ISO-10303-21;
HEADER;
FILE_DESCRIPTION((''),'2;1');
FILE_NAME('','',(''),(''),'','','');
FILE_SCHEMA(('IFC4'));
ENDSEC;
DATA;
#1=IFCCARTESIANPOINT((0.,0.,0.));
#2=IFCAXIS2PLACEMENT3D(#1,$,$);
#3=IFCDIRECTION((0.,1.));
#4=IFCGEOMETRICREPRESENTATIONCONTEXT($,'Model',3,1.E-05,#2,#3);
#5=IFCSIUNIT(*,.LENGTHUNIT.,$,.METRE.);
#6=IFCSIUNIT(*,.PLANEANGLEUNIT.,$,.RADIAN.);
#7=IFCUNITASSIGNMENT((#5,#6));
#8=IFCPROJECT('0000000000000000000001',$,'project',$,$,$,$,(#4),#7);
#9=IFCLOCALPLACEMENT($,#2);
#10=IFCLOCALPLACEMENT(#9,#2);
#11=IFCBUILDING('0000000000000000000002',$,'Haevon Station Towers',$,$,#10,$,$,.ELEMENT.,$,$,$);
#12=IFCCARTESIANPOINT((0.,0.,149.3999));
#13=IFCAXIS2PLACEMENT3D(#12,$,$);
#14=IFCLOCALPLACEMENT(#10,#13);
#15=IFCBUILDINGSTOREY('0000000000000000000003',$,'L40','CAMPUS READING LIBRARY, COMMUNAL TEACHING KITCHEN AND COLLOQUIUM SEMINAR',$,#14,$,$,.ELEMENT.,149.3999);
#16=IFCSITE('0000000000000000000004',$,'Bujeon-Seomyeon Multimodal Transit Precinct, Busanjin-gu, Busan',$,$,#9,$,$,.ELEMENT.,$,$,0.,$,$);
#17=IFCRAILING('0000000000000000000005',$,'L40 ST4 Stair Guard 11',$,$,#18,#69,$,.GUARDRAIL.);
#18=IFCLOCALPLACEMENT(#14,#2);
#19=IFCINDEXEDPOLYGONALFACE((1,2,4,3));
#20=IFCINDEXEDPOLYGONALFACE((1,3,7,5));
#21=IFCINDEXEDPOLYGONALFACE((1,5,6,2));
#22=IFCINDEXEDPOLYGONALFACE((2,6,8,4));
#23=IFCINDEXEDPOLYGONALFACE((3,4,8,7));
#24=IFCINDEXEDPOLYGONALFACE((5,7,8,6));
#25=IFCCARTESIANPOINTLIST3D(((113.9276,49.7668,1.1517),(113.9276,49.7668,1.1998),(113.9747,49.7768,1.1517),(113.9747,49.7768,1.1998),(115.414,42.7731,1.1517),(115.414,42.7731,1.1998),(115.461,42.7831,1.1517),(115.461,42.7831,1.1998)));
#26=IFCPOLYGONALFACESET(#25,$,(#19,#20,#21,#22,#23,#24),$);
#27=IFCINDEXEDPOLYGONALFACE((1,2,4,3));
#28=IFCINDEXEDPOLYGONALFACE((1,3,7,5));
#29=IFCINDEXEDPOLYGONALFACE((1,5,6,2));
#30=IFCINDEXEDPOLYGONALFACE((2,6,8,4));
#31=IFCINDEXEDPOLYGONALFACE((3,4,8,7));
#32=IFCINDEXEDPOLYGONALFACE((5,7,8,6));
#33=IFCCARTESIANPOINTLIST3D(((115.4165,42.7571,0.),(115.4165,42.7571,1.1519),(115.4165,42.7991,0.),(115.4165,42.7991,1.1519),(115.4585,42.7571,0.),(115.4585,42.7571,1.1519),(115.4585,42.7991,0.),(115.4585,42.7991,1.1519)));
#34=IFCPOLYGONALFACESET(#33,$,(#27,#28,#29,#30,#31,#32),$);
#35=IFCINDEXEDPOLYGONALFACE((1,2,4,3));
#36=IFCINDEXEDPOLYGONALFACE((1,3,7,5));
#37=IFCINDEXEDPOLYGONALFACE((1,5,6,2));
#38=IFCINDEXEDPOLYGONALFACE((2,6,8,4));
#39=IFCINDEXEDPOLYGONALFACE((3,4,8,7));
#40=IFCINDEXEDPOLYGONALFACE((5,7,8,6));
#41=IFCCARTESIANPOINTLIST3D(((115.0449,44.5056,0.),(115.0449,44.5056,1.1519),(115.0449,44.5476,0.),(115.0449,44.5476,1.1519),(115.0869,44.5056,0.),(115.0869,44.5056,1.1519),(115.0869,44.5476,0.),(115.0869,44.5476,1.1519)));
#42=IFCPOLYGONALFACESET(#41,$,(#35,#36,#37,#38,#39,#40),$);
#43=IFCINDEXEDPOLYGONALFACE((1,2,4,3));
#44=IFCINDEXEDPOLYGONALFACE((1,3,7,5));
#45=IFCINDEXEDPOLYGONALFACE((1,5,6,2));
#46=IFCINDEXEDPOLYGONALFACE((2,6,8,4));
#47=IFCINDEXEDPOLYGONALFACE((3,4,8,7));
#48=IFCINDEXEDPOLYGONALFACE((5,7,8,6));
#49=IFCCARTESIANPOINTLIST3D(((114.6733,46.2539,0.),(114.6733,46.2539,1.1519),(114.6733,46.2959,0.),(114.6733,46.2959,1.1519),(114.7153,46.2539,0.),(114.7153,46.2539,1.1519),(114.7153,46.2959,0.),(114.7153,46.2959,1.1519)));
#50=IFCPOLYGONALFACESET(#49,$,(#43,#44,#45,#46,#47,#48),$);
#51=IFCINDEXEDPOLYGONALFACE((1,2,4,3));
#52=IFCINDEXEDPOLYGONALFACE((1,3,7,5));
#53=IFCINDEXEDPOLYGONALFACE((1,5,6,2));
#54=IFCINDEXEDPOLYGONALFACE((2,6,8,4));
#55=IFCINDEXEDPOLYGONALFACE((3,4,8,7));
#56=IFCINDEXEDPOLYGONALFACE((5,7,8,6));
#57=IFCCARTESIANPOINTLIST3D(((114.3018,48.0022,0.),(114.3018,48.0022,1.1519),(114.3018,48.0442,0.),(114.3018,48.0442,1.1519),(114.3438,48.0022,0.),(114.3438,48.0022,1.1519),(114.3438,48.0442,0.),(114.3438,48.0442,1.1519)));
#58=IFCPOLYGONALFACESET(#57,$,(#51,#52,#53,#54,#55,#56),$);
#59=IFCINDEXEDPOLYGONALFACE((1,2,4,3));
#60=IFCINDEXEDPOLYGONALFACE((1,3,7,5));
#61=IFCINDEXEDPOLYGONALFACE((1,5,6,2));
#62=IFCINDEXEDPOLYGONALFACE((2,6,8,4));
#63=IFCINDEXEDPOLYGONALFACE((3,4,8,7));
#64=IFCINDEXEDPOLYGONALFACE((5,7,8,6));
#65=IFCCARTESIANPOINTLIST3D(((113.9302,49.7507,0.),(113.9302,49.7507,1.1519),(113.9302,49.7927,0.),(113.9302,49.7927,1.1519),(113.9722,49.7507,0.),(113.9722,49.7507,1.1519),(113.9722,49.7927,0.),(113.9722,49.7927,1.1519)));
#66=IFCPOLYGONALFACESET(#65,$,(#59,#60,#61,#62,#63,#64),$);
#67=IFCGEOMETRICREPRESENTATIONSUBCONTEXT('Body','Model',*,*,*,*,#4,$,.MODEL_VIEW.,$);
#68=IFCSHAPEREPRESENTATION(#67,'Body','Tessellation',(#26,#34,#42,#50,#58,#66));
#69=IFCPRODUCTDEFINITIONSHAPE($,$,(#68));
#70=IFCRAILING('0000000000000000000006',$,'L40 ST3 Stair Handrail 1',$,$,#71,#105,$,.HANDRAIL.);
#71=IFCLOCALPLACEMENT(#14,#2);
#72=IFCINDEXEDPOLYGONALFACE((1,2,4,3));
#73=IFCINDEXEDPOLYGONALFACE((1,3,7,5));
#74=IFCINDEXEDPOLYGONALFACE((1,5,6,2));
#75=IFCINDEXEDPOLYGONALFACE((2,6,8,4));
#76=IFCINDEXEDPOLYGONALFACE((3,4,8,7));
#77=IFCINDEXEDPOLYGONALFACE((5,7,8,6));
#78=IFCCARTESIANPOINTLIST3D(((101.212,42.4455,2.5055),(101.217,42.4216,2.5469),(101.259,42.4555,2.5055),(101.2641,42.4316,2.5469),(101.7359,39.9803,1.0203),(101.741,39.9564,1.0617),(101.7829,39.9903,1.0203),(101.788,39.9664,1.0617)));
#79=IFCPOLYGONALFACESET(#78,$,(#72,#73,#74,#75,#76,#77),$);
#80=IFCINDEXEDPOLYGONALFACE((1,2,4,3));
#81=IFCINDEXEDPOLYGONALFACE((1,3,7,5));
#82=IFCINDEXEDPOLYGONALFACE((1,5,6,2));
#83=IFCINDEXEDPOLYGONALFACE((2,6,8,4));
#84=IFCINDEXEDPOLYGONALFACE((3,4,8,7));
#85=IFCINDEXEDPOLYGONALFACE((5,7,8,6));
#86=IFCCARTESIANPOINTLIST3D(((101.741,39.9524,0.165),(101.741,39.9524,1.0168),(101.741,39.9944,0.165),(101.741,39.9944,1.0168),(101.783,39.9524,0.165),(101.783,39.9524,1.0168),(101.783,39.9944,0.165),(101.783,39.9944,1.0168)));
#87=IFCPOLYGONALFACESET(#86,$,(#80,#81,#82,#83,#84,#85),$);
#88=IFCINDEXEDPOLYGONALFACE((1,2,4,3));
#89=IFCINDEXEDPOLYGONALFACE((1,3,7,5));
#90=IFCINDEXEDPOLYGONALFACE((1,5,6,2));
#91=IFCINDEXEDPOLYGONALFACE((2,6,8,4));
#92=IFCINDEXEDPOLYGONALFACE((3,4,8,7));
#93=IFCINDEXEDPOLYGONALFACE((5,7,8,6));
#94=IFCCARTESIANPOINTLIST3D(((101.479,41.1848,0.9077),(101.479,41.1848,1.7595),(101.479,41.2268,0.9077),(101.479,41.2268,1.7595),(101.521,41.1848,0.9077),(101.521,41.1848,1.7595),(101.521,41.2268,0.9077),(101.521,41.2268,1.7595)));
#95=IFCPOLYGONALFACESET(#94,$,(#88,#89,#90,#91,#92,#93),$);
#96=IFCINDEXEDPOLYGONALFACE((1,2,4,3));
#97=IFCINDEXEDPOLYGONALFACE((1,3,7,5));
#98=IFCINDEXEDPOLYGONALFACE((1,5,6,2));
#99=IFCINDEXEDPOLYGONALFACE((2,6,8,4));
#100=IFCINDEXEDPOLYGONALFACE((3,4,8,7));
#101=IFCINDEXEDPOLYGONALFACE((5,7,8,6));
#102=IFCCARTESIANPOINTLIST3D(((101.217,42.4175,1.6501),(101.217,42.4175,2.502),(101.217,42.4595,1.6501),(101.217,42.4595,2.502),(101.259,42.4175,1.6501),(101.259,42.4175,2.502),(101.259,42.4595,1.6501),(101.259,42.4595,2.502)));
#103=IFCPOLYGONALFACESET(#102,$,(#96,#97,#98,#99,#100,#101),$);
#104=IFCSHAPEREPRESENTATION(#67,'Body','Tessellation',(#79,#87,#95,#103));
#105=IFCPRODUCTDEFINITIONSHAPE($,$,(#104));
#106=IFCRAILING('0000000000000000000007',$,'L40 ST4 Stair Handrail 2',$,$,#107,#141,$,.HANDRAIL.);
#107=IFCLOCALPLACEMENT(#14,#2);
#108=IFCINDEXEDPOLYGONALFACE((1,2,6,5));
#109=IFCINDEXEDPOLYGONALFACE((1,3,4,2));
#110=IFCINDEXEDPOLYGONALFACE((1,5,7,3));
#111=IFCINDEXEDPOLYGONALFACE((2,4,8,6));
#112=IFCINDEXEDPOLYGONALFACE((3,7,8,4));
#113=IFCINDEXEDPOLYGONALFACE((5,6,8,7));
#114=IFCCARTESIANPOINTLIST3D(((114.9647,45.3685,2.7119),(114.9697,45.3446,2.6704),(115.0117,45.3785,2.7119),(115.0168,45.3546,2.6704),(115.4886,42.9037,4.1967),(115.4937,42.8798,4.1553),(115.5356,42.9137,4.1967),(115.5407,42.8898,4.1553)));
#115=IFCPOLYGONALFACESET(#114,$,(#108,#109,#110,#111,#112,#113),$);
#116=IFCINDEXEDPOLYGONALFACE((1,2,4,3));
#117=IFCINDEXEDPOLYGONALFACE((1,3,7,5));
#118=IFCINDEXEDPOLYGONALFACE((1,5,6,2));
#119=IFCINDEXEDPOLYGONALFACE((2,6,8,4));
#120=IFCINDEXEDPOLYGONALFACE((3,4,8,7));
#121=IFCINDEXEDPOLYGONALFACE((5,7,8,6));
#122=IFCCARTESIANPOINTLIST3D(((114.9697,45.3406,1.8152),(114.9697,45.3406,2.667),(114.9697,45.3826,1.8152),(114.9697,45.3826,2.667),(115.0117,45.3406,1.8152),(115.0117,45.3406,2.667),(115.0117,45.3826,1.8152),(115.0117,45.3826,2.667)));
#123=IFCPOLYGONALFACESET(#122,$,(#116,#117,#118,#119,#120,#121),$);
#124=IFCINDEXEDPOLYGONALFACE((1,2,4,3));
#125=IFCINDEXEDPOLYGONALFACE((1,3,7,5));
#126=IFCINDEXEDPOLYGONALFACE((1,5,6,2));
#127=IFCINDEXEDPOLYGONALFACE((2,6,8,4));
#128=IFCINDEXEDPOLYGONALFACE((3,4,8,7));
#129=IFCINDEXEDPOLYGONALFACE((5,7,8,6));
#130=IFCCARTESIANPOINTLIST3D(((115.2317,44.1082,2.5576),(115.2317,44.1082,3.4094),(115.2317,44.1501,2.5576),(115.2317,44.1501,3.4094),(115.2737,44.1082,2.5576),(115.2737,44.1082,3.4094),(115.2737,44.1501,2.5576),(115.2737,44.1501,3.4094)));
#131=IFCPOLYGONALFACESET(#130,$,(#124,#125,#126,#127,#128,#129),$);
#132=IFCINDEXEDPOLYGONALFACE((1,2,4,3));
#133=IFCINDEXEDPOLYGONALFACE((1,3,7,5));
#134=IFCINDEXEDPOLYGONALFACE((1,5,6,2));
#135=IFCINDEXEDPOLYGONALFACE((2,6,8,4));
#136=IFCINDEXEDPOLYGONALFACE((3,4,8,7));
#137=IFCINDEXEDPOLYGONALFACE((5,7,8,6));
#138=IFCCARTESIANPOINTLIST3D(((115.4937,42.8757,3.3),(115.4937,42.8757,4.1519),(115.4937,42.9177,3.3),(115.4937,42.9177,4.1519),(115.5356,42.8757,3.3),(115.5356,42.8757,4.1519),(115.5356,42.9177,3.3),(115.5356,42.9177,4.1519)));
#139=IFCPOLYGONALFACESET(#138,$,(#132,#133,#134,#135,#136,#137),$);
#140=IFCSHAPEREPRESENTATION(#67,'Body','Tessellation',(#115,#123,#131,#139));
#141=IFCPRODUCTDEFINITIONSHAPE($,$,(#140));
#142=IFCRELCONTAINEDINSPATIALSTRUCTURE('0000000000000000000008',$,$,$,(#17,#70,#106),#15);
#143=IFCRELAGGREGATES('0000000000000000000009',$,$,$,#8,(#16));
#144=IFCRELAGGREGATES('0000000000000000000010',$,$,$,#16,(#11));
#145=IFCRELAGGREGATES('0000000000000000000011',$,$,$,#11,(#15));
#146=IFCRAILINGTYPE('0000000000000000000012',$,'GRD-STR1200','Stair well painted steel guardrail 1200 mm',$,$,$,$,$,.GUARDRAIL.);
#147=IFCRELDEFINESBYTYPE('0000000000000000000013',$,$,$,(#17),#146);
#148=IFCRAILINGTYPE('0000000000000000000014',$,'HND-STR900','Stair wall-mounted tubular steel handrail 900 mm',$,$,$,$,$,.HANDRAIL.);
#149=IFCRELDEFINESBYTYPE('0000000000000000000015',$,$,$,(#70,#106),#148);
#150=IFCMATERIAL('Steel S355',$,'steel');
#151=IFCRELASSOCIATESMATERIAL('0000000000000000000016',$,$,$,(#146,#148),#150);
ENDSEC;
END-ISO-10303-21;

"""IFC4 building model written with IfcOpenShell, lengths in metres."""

from ifc_helpers import new_model, si_unit, direction, frame, origin, origin_2d, place, context, subcontext, project, spatial, rectangle, extrude, material, type_object, element, save


model = new_model("IFC4")

# Units and contexts
model_context = context("Model", 3, precision=1e-05, world=origin(), true_north=direction((0.0, 1.0)))
body_context = subcontext(model_context, "Body", "Model", "MODEL_VIEW")
ifc_project = project(units=[si_unit("LENGTHUNIT", "METRE"), si_unit("PLANEANGLEUNIT", "RADIAN")], contexts=[model_context])

# Site, building, storey
site_placement = place(None, origin())
site = spatial("IfcSite", under=ifc_project, at=site_placement, Name="Bujeon-Seomyeon Multimodal Transit Precinct, Busanjin-gu, Busan", CompositionType="ELEMENT", RefElevation=0.0)
building_placement = place(site_placement, origin())
building = spatial("IfcBuilding", under=site, at=building_placement, Name="Haevon Station Towers", CompositionType="ELEMENT")
storey_placement = place(building_placement, frame((0.0, 0.0, 149.3999)))
storey = spatial("IfcBuildingStorey", under=building, at=storey_placement, Name="L40", Description="CAMPUS READING LIBRARY, COMMUNAL TEACHING KITCHEN AND COLLOQUIUM SEMINAR", CompositionType="ELEMENT", Elevation=149.3999)

# Shared definitions
ifc_material_1 = material(Name="Steel S355", Category="steel")

# Railings
railing_type_1 = type_object("IfcRailingType", Name="GRD-STR1200", Description="Stair well painted steel guardrail 1200 mm", PredefinedType="GUARDRAIL", material=ifc_material_1)
railing_1_placement = place(storey_placement, frame((115.4375, 42.7781, 0.0)))
element("IfcRailing", 1, at=railing_1_placement, inside=storey, type_object=railing_type_1, Name="L40 ST4 Stair Guard 11", PredefinedType="GUARDRAIL", context=body_context, shape_type="SweptSolid", body=[
    extrude(rectangle(XDim=0.0481, YDim=0.0481, at=origin_2d()), frame((0.0, 0.0, 1.1758), z_axis=(-0.207882, 0.978154, 0.0), x_axis=(-0.978154, -0.207882, 0.0)), (0.0, 0.0, 1.0), 7.1499),
    extrude(rectangle(XDim=0.042, YDim=0.042, at=origin_2d()), origin(), (0.0, 0.0, 1.0), 1.1519),
    extrude(rectangle(XDim=0.042, YDim=0.042, at=origin_2d()), frame((-0.3716, 1.7485, 0.0)), (0.0, 0.0, 1.0), 1.1519),
    extrude(rectangle(XDim=0.042, YDim=0.042, at=origin_2d()), frame((-0.7432, 3.4968, 0.0)), (0.0, 0.0, 1.0), 1.1519),
    extrude(rectangle(XDim=0.042, YDim=0.042, at=origin_2d()), frame((-1.1147, 5.2451, 0.0)), (0.0, 0.0, 1.0), 1.1519),
    extrude(rectangle(XDim=0.042, YDim=0.042, at=origin_2d()), frame((-1.4863, 6.9937, 0.0)), (0.0, 0.0, 1.0), 1.1519),
])
railing_type_2 = type_object("IfcRailingType", Name="HND-STR900", Description="Stair wall-mounted tubular steel handrail 900 mm", PredefinedType="HANDRAIL", material=ifc_material_1)
railing_2_placement = place(storey_placement, frame((101.762, 39.9734, 0.165)))
element("IfcRailing", 2, at=railing_2_placement, inside=storey, type_object=railing_type_2, Name="L40 ST3 Stair Handrail 1", PredefinedType="HANDRAIL", context=body_context, shape_type="SweptSolid", body=[
    extrude(rectangle(XDim=0.0481, YDim=0.0481, at=origin_2d()), frame((0.0, 0.0, 0.876), z_axis=(-0.179109, 0.842712, 0.507697), x_axis=(-0.978151, -0.207895, 0.0)), (0.0, 0.0, 1.0), 2.9253),
    extrude(rectangle(XDim=0.042, YDim=0.042, at=origin_2d()), origin(), (0.0, 0.0, 1.0), 0.8518),
    extrude(rectangle(XDim=0.042, YDim=0.042, at=origin_2d()), frame((-0.262, 1.2324, 0.7427)), (0.0, 0.0, 1.0), 0.8518),
    extrude(rectangle(XDim=0.042, YDim=0.042, at=origin_2d()), frame((-0.5239, 2.4651, 1.4851)), (0.0, 0.0, 1.0), 0.8518),
])
railing_3_placement = place(storey_placement, frame((114.9907, 45.3616, 1.8152)))
element("IfcRailing", 3, at=railing_3_placement, inside=storey, type_object=railing_type_2, Name="L40 ST4 Stair Handrail 2", PredefinedType="HANDRAIL", context=body_context, shape_type="SweptSolid", body=[
    extrude(rectangle(XDim=0.0481, YDim=0.0481, at=origin_2d()), frame((0.0, 0.0, 0.876), z_axis=(0.179129, -0.842724, 0.507671), x_axis=(0.978147, 0.207914, 0.0)), (0.0, 0.0, 1.0), 2.9248),
    extrude(rectangle(XDim=0.042, YDim=0.042, at=origin_2d()), origin(), (0.0, 0.0, 1.0), 0.8518),
    extrude(rectangle(XDim=0.042, YDim=0.042, at=origin_2d()), frame((0.262, -1.2324, 0.7424)), (0.0, 0.0, 1.0), 0.8518),
    extrude(rectangle(XDim=0.042, YDim=0.042, at=origin_2d()), frame((0.5239, -2.4648, 1.4849)), (0.0, 0.0, 1.0), 0.8518),
])

save(model, "model.ifc")
